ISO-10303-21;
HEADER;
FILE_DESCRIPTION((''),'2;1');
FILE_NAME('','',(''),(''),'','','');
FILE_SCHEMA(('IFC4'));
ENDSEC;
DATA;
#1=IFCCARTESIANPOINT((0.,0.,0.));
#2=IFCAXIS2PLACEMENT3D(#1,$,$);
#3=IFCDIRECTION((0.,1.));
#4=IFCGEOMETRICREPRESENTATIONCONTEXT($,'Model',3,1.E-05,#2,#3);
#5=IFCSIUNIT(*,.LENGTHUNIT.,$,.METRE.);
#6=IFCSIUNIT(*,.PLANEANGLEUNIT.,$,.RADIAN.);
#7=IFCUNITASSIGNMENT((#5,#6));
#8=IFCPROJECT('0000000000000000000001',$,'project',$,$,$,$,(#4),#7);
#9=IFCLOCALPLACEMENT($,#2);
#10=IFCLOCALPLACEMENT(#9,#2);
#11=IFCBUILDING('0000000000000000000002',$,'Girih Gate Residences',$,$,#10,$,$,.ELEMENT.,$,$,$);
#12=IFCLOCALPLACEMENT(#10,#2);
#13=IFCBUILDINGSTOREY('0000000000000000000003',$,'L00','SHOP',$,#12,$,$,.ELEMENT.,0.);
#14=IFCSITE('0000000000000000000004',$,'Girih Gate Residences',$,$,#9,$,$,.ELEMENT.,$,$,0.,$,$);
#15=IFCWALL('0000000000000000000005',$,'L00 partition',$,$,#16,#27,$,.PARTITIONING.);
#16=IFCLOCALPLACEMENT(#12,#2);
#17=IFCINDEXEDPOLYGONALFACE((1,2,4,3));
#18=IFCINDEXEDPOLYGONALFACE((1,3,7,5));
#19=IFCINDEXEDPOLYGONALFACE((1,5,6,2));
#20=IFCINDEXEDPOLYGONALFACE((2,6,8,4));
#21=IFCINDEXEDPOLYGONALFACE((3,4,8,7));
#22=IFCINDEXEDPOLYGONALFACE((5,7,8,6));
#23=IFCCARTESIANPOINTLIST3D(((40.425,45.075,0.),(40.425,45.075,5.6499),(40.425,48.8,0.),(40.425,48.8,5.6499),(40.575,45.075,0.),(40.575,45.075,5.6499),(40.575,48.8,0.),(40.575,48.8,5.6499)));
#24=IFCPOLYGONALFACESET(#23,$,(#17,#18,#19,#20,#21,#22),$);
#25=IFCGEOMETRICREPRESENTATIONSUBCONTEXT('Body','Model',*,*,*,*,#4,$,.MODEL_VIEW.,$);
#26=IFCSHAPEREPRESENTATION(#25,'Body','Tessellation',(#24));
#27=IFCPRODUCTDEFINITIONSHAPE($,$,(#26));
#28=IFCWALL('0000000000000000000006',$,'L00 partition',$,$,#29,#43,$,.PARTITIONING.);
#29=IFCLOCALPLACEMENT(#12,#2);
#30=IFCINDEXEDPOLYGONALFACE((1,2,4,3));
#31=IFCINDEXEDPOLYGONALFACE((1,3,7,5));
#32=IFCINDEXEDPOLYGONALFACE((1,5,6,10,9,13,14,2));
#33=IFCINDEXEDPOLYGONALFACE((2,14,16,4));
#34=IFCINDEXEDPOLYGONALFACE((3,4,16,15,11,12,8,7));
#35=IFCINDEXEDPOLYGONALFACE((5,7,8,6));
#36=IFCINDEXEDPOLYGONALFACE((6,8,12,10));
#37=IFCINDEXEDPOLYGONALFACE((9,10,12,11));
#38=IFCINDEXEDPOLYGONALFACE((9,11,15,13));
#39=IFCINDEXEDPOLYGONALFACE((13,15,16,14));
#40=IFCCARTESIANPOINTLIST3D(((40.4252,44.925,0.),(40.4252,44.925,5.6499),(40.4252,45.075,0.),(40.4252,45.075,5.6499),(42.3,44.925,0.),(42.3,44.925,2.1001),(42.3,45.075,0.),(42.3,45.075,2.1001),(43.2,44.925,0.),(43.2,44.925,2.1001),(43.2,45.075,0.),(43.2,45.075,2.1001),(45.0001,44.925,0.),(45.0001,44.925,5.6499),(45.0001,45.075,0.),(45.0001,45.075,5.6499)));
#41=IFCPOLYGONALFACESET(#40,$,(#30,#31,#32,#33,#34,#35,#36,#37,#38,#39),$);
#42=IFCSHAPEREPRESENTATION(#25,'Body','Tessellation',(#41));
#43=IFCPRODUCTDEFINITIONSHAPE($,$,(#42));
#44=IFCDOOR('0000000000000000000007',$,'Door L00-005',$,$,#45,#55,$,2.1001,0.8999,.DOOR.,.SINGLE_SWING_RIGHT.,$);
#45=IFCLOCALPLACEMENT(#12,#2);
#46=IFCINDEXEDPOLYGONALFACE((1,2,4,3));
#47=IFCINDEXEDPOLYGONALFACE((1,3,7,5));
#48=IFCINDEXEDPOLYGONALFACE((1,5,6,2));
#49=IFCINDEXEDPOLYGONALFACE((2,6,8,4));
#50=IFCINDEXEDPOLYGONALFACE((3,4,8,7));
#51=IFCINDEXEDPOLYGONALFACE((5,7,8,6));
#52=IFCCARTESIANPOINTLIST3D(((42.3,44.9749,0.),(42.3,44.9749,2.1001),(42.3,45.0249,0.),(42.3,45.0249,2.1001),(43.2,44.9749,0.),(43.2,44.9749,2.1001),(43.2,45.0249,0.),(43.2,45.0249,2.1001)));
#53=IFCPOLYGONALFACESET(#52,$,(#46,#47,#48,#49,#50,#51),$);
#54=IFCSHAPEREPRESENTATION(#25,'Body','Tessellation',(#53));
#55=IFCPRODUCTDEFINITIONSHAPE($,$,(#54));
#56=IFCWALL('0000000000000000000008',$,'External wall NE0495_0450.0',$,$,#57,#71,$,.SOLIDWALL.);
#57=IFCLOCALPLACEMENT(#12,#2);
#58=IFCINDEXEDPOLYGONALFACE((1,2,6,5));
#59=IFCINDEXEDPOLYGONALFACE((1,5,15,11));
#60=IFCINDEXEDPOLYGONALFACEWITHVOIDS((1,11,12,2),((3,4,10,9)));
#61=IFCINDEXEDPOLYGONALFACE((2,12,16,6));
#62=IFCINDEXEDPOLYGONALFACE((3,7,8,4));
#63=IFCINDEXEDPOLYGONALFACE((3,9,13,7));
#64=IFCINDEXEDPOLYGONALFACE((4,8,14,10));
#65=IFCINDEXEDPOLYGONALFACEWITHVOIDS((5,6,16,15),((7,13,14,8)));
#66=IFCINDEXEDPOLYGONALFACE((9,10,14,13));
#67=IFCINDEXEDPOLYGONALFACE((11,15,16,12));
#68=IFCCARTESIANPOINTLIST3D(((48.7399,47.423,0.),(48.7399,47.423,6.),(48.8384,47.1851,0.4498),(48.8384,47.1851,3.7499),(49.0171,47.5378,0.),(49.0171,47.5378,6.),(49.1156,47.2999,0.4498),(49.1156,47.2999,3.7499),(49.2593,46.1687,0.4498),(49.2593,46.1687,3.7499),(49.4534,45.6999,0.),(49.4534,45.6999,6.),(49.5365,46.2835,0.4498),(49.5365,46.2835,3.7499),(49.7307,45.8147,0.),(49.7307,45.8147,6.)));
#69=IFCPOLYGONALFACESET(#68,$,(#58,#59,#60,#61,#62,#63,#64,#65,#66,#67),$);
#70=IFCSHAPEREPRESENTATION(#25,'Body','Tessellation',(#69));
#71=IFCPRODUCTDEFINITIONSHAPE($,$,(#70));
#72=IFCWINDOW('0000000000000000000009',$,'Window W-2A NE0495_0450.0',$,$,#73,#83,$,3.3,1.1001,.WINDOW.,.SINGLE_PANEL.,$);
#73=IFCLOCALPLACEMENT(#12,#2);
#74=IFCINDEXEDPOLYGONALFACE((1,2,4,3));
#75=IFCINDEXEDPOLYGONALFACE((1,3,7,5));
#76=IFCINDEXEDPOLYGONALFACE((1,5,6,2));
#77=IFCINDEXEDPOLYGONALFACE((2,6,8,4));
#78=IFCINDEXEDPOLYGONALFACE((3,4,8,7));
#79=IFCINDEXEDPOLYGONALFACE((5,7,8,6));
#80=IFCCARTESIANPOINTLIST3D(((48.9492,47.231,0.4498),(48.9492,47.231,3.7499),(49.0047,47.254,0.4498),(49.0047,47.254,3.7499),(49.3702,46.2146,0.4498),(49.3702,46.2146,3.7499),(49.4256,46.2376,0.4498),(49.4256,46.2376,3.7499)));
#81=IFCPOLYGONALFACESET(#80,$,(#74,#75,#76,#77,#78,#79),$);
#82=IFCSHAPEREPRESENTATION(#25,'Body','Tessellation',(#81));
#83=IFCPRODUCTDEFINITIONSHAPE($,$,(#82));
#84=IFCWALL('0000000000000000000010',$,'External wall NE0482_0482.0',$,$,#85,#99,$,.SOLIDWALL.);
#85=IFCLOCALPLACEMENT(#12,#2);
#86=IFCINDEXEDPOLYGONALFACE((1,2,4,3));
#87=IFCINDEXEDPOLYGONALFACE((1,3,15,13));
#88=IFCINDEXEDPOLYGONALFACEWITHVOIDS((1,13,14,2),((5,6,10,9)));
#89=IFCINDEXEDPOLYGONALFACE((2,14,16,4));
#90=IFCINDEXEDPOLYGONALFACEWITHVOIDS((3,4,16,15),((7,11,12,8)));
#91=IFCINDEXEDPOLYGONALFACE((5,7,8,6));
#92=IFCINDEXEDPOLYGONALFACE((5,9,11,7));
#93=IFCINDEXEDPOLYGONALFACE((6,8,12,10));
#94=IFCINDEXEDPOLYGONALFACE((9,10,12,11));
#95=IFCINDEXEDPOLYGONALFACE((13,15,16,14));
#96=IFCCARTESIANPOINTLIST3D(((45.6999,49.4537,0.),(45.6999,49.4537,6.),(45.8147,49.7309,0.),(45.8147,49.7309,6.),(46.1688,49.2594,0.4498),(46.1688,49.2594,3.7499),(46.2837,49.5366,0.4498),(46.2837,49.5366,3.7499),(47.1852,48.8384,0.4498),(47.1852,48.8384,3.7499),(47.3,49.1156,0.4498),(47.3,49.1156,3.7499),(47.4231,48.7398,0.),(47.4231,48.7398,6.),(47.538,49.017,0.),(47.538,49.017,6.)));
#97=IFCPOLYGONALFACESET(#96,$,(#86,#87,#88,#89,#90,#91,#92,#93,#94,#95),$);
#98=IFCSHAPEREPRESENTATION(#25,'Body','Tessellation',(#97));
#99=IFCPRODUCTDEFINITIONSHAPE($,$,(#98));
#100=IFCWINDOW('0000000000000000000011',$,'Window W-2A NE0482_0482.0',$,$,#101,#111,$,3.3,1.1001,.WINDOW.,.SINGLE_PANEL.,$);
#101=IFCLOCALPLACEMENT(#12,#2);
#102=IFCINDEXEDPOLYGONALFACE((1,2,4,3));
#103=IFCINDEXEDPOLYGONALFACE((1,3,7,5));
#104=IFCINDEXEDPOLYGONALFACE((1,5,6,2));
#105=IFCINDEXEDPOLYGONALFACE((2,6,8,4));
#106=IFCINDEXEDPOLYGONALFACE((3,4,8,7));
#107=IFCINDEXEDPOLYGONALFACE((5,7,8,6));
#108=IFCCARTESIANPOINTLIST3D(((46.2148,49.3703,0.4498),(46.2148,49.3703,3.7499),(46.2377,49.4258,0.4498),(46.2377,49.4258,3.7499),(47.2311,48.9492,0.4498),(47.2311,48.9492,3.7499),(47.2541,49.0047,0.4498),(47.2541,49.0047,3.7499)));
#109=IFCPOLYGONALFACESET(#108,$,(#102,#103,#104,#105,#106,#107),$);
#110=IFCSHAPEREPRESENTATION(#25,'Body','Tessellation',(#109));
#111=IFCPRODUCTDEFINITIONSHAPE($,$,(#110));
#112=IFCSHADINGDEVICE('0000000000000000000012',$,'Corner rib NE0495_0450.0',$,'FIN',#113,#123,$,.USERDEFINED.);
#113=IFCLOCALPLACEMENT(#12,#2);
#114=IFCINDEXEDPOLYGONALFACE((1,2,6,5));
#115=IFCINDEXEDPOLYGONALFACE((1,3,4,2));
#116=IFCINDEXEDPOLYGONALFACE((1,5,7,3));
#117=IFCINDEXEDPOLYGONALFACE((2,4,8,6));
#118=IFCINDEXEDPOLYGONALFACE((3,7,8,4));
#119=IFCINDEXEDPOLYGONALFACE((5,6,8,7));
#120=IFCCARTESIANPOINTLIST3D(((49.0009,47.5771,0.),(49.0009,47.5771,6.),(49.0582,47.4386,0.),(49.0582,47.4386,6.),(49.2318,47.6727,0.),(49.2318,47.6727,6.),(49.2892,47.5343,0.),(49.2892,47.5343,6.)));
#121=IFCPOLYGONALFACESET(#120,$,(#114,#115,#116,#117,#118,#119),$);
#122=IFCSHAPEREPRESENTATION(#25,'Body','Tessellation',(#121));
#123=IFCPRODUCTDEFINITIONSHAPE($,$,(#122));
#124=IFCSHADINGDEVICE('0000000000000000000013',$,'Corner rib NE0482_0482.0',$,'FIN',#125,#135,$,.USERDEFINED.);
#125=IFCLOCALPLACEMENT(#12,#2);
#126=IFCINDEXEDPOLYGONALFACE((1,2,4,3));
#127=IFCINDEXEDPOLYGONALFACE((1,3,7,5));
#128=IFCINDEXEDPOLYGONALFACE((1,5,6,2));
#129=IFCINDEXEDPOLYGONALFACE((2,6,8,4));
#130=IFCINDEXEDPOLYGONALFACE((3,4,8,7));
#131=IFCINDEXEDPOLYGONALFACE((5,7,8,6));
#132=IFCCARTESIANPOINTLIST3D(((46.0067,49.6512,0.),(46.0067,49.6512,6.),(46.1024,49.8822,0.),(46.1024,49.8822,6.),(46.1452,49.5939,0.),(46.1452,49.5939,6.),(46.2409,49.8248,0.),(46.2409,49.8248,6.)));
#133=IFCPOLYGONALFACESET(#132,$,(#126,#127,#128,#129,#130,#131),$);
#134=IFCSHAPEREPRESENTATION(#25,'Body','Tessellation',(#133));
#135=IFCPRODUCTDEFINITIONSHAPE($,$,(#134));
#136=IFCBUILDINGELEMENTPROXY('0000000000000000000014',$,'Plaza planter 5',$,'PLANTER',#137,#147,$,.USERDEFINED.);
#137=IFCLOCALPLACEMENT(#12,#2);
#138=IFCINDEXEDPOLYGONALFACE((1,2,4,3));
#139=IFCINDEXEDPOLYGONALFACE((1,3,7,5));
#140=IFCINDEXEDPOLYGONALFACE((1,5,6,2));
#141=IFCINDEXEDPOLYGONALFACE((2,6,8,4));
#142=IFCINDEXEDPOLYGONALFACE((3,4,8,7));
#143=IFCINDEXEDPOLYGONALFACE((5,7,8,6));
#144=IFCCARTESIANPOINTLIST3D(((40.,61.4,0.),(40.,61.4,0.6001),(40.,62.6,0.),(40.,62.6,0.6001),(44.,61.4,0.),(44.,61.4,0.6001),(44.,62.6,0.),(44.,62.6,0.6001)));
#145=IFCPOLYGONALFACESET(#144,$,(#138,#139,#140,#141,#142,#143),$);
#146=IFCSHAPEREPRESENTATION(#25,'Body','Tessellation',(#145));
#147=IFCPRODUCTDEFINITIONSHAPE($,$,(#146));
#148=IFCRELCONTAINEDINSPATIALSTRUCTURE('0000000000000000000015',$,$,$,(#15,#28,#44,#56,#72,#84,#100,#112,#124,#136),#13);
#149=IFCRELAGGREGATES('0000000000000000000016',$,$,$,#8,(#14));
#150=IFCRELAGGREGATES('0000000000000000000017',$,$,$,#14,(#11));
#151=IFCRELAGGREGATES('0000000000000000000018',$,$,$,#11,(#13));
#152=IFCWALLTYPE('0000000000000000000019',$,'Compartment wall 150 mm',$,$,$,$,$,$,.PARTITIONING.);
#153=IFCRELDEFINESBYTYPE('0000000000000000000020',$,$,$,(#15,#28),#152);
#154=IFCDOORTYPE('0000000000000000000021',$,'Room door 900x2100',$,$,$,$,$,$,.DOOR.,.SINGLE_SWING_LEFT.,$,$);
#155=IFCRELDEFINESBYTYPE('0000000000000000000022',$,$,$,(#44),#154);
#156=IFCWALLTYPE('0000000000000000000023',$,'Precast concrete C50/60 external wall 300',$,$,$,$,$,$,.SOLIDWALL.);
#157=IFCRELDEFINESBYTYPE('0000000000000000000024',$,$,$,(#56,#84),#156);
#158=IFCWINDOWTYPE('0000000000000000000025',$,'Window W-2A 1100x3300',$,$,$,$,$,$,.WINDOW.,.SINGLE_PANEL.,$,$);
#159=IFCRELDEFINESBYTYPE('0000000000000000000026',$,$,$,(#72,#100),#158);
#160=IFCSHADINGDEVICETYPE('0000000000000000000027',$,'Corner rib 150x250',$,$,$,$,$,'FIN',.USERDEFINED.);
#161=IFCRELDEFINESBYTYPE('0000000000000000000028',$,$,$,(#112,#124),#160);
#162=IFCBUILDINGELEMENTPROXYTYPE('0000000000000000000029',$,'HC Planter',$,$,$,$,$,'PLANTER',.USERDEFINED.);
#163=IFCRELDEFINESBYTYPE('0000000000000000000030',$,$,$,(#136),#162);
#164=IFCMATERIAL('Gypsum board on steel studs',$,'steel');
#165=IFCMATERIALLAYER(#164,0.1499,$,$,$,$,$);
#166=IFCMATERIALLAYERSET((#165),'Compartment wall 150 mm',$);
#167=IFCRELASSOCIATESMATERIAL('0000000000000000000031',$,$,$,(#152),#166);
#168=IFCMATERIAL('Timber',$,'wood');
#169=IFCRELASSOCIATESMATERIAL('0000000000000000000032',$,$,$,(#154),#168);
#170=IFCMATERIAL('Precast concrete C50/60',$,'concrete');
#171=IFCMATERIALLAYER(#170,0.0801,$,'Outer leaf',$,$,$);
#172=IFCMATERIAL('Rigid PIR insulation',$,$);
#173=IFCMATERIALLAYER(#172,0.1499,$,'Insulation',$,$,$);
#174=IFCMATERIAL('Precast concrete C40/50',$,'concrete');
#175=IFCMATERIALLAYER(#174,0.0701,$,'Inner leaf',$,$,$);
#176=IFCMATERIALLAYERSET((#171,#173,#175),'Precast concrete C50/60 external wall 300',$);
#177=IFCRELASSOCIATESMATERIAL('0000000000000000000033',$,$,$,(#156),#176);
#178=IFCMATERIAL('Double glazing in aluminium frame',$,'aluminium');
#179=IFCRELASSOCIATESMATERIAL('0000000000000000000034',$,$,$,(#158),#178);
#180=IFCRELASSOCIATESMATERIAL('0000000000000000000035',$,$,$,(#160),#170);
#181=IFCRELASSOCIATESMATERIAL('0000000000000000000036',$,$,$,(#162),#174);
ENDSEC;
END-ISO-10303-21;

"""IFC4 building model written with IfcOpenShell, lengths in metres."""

from ifc_helpers import new_model, si_unit, direction, frame, frame_2d, origin, origin_2d, place, context, subcontext, project, spatial, rectangle, extrude, material, layer, layer_set, type_object, element, fill, save


model = new_model("IFC4")

# Units and contexts
model_context = context("Model", 3, precision=1e-05, world=origin(), true_north=direction((0.0, 1.0)))
body_context = subcontext(model_context, "Body", "Model", "MODEL_VIEW")
ifc_project = project(units=[si_unit("LENGTHUNIT", "METRE"), si_unit("PLANEANGLEUNIT", "RADIAN")], contexts=[model_context])

# Site, building, storey
site_placement = place(None, origin())
site = spatial("IfcSite", under=ifc_project, at=site_placement, Name="Girih Gate Residences", CompositionType="ELEMENT", RefElevation=0.0)
building_placement = place(site_placement, origin())
building = spatial("IfcBuilding", under=site, at=building_placement, Name="Girih Gate Residences", CompositionType="ELEMENT")
storey_placement = place(building_placement, origin())
storey = spatial("IfcBuildingStorey", under=building, at=storey_placement, Name="L00", Description="SHOP", CompositionType="ELEMENT", Elevation=0.0)

# Shared definitions
ifc_material_1 = material(Name="Gypsum board on steel studs", Category="steel")
ifc_layer_1 = layer(ifc_material_1, 0.1499)
ifc_layer_set_1 = layer_set([ifc_layer_1], Name="Compartment wall 150 mm")
wall_type_1 = type_object("IfcWallType", Name="Compartment wall 150 mm", PredefinedType="PARTITIONING", material=ifc_layer_set_1)

# Wall
wall_1_placement = place(storey_placement, frame((40.5, 45.075, 0.0), z_axis=(0.0, 0.0, 1.0), x_axis=(0.0, 1.0, 0.0)))
element("IfcWall", 1, at=wall_1_placement, inside=storey, type_object=wall_type_1, Name="L00 partition", PredefinedType="PARTITIONING", context=body_context, shape_type="SweptSolid", body=[
    extrude(rectangle(XDim=3.7251, YDim=0.1499, at=frame_2d((1.8625, 0.0))), origin(), (0.0, 0.0, 1.0), 5.6499),
])

# Wall, opening, door
wall_2_placement = place(storey_placement, frame((40.425, 45.0, 0.0), z_axis=(0.0, 0.0, 1.0), x_axis=(1.0, 0.0, 0.0)))
wall_2 = element("IfcWall", 2, at=wall_2_placement, inside=storey, type_object=wall_type_1, Name="L00 partition", PredefinedType="PARTITIONING", context=body_context, shape_type="SweptSolid", body=[
    extrude(rectangle(XDim=4.575, YDim=0.1499, at=frame_2d((2.2876, 0.0))), origin(), (0.0, 0.0, 1.0), 5.6499),
])
opening_1_placement = place(wall_2_placement, frame((1.875, 0.0, 0.0)))
opening_1 = element("IfcOpeningElement", 3, at=opening_1_placement, cuts=wall_2, PredefinedType="OPENING", context=body_context, shape_type="SweptSolid", body=[
    extrude(rectangle(XDim=0.8999, YDim=2.1001, at=frame_2d((0.45, 1.05))), frame((0.0, 0.085, 0.0), z_axis=(0.0, -1.0, 0.0), x_axis=(1.0, 0.0, 0.0)), (0.0, 0.0, 1.0), 0.1699),
])
ifc_material_2 = material(Name="Timber", Category="wood")
door_type_1 = type_object("IfcDoorType", Name="Room door 900x2100", OperationType="SINGLE_SWING_LEFT", PredefinedType="DOOR", material=ifc_material_2)
door_1_placement = place(opening_1_placement, origin())
door_1 = element("IfcDoor", 4, at=door_1_placement, inside=storey, type_object=door_type_1, Name="Door L00-005", OperationType="SINGLE_SWING_RIGHT", OverallHeight=2.1001, OverallWidth=0.8999, PredefinedType="DOOR", context=body_context, shape_type="SweptSolid", body=[
    extrude(rectangle(XDim=0.8999, YDim=2.1001, at=frame_2d((0.45, 1.05))), frame((0.0, 0.0249, 0.0), z_axis=(0.0, -1.0, 0.0), x_axis=(1.0, 0.0, 0.0)), (0.0, 0.0, 1.0), 0.05),
])
fill(opening_1, door_1)

# Walls, openings, windows
ifc_material_3 = material(Name="Precast concrete C50/60", Category="concrete")
ifc_layer_2 = layer(ifc_material_3, 0.0801, Name="Outer leaf")
ifc_material_4 = material(Name="Rigid PIR insulation")
ifc_layer_3 = layer(ifc_material_4, 0.1499, Name="Insulation")
ifc_material_5 = material(Name="Precast concrete C40/50", Category="concrete")
ifc_layer_4 = layer(ifc_material_5, 0.0701, Name="Inner leaf")
ifc_layer_set_2 = layer_set([ifc_layer_2, ifc_layer_3, ifc_layer_4], Name="Precast concrete C50/60 external wall 300")
wall_type_2 = type_object("IfcWallType", Name="Precast concrete C50/60 external wall 300", PredefinedType="SOLIDWALL", material=ifc_layer_set_2)
wall_3_placement = place(storey_placement, frame((48.8784, 47.4805, 0.0), z_axis=(0.0, 0.0, 1.0), x_axis=(0.382625, -0.923904, 0.0)))
wall_3 = element("IfcWall", 5, at=wall_3_placement, inside=storey, type_object=wall_type_2, Name="External wall NE0495_0450.0", PredefinedType="SOLIDWALL", context=body_context, shape_type="SweptSolid", body=[
    extrude(rectangle(XDim=1.865, YDim=0.3, at=frame_2d((0.9326, 0.0))), origin(), (0.0, 0.0, 1.0), 6.0),
])
opening_2_placement = place(wall_3_placement, frame((0.2576, 0.0, 0.45)))
opening_2 = element("IfcOpeningElement", 6, at=opening_2_placement, cuts=wall_3, PredefinedType="OPENING", context=body_context, shape_type="SweptSolid", body=[
    extrude(rectangle(XDim=1.1001, YDim=3.3, at=frame_2d((0.55, 1.6499))), frame((0.0, 0.1599, 0.0), z_axis=(0.0, -1.0, 0.0), x_axis=(1.0, 0.0, 0.0)), (0.0, 0.0, 1.0), 0.3201),
])
ifc_material_6 = material(Name="Double glazing in aluminium frame", Category="aluminium")
window_type = type_object("IfcWindowType", Name="Window W-2A 1100x3300", PartitioningType="SINGLE_PANEL", PredefinedType="WINDOW", material=ifc_material_6)
window_1_placement = place(opening_2_placement, origin())
window_1 = element("IfcWindow", 7, at=window_1_placement, inside=storey, type_object=window_type, Name="Window W-2A NE0495_0450.0", OverallHeight=3.3, OverallWidth=1.1001, PartitioningType="SINGLE_PANEL", PredefinedType="WINDOW", context=body_context, shape_type="SweptSolid", body=[
    extrude(rectangle(XDim=1.1001, YDim=3.3, at=frame_2d((0.55, 1.6499))), frame((0.0, 0.03, 0.0), z_axis=(0.0, -1.0, 0.0), x_axis=(1.0, 0.0, 0.0)), (0.0, 0.0, 1.0), 0.0601),
])
fill(opening_2, window_1)
wall_4_placement = place(storey_placement, frame((45.7573, 49.5923, 0.0), z_axis=(0.0, 0.0, 1.0), x_axis=(0.923857, -0.382737, 0.0)))
wall_4 = element("IfcWall", 8, at=wall_4_placement, inside=storey, type_object=wall_type_2, Name="External wall NE0482_0482.0", PredefinedType="SOLIDWALL", context=body_context, shape_type="SweptSolid", body=[
    extrude(rectangle(XDim=1.8652, YDim=0.3, at=frame_2d((0.9326, 0.0))), origin(), (0.0, 0.0, 1.0), 6.0),
])
opening_3_placement = place(wall_4_placement, frame((0.5076, 0.0, 0.45)))
opening_3 = element("IfcOpeningElement", 9, at=opening_3_placement, cuts=wall_4, PredefinedType="OPENING", context=body_context, shape_type="SweptSolid", body=[
    extrude(rectangle(XDim=1.1001, YDim=3.3, at=frame_2d((0.55, 1.6499))), frame((0.0, 0.1599, 0.0), z_axis=(0.0, -1.0, 0.0), x_axis=(1.0, 0.0, 0.0)), (0.0, 0.0, 1.0), 0.3201),
])
window_2_placement = place(opening_3_placement, origin())
window_2 = element("IfcWindow", 10, at=window_2_placement, inside=storey, type_object=window_type, Name="Window W-2A NE0482_0482.0", OverallHeight=3.3, OverallWidth=1.1001, PartitioningType="SINGLE_PANEL", PredefinedType="WINDOW", context=body_context, shape_type="SweptSolid", body=[
    extrude(rectangle(XDim=1.1001, YDim=3.3, at=frame_2d((0.55, 1.6499))), frame((0.0, 0.03, 0.0), z_axis=(0.0, -1.0, 0.0), x_axis=(1.0, 0.0, 0.0)), (0.0, 0.0, 1.0), 0.0601),
])
fill(opening_3, window_2)

# Shading devices
shading_device_type = type_object("IfcShadingDeviceType", Name="Corner rib 150x250", ElementType="FIN", PredefinedType="USERDEFINED", material=ifc_material_3)
for number, where, z_axis, x_axis, name in (
    (11, (49.145, 47.5557, 0.0), (0.0, 0.0, 1.0), (-0.382683, 0.92388, 0.0), "Corner rib NE0495_0450.0"),
    (12, (46.1238, 49.738, 0.0), (0.0, 0.0, 1.0), (-0.92388, 0.382683, 0.0), "Corner rib NE0482_0482.0"),
):
    element("IfcShadingDevice", number, at=place(storey_placement, frame(where, z_axis=z_axis, x_axis=x_axis)), inside=storey, type_object=shading_device_type, Name=name, ObjectType="FIN", PredefinedType="USERDEFINED", context=body_context, shape_type="SweptSolid", body=[
        extrude(rectangle(XDim=0.1499, YDim=0.25, at=origin_2d()), origin(), (0.0, 0.0, 1.0), 6.0),
    ])

# Building element proxy
building_element_proxy_type = type_object("IfcBuildingElementProxyType", Name="HC Planter", ElementType="PLANTER", PredefinedType="USERDEFINED", material=ifc_material_5)
proxy_placement = place(storey_placement, frame((42.0, 62.0, 0.0), z_axis=(0.0, 0.0, 1.0), x_axis=(1.0, 0.0, 0.0)))
element("IfcBuildingElementProxy", 13, at=proxy_placement, inside=storey, type_object=building_element_proxy_type, Name="Plaza planter 5", ObjectType="PLANTER", PredefinedType="USERDEFINED", context=body_context, shape_type="SweptSolid", body=[
    extrude(rectangle(XDim=4.0, YDim=1.2, at=origin_2d()), origin(), (0.0, 0.0, 1.0), 0.6001),
])

save(model, "model.ifc")
